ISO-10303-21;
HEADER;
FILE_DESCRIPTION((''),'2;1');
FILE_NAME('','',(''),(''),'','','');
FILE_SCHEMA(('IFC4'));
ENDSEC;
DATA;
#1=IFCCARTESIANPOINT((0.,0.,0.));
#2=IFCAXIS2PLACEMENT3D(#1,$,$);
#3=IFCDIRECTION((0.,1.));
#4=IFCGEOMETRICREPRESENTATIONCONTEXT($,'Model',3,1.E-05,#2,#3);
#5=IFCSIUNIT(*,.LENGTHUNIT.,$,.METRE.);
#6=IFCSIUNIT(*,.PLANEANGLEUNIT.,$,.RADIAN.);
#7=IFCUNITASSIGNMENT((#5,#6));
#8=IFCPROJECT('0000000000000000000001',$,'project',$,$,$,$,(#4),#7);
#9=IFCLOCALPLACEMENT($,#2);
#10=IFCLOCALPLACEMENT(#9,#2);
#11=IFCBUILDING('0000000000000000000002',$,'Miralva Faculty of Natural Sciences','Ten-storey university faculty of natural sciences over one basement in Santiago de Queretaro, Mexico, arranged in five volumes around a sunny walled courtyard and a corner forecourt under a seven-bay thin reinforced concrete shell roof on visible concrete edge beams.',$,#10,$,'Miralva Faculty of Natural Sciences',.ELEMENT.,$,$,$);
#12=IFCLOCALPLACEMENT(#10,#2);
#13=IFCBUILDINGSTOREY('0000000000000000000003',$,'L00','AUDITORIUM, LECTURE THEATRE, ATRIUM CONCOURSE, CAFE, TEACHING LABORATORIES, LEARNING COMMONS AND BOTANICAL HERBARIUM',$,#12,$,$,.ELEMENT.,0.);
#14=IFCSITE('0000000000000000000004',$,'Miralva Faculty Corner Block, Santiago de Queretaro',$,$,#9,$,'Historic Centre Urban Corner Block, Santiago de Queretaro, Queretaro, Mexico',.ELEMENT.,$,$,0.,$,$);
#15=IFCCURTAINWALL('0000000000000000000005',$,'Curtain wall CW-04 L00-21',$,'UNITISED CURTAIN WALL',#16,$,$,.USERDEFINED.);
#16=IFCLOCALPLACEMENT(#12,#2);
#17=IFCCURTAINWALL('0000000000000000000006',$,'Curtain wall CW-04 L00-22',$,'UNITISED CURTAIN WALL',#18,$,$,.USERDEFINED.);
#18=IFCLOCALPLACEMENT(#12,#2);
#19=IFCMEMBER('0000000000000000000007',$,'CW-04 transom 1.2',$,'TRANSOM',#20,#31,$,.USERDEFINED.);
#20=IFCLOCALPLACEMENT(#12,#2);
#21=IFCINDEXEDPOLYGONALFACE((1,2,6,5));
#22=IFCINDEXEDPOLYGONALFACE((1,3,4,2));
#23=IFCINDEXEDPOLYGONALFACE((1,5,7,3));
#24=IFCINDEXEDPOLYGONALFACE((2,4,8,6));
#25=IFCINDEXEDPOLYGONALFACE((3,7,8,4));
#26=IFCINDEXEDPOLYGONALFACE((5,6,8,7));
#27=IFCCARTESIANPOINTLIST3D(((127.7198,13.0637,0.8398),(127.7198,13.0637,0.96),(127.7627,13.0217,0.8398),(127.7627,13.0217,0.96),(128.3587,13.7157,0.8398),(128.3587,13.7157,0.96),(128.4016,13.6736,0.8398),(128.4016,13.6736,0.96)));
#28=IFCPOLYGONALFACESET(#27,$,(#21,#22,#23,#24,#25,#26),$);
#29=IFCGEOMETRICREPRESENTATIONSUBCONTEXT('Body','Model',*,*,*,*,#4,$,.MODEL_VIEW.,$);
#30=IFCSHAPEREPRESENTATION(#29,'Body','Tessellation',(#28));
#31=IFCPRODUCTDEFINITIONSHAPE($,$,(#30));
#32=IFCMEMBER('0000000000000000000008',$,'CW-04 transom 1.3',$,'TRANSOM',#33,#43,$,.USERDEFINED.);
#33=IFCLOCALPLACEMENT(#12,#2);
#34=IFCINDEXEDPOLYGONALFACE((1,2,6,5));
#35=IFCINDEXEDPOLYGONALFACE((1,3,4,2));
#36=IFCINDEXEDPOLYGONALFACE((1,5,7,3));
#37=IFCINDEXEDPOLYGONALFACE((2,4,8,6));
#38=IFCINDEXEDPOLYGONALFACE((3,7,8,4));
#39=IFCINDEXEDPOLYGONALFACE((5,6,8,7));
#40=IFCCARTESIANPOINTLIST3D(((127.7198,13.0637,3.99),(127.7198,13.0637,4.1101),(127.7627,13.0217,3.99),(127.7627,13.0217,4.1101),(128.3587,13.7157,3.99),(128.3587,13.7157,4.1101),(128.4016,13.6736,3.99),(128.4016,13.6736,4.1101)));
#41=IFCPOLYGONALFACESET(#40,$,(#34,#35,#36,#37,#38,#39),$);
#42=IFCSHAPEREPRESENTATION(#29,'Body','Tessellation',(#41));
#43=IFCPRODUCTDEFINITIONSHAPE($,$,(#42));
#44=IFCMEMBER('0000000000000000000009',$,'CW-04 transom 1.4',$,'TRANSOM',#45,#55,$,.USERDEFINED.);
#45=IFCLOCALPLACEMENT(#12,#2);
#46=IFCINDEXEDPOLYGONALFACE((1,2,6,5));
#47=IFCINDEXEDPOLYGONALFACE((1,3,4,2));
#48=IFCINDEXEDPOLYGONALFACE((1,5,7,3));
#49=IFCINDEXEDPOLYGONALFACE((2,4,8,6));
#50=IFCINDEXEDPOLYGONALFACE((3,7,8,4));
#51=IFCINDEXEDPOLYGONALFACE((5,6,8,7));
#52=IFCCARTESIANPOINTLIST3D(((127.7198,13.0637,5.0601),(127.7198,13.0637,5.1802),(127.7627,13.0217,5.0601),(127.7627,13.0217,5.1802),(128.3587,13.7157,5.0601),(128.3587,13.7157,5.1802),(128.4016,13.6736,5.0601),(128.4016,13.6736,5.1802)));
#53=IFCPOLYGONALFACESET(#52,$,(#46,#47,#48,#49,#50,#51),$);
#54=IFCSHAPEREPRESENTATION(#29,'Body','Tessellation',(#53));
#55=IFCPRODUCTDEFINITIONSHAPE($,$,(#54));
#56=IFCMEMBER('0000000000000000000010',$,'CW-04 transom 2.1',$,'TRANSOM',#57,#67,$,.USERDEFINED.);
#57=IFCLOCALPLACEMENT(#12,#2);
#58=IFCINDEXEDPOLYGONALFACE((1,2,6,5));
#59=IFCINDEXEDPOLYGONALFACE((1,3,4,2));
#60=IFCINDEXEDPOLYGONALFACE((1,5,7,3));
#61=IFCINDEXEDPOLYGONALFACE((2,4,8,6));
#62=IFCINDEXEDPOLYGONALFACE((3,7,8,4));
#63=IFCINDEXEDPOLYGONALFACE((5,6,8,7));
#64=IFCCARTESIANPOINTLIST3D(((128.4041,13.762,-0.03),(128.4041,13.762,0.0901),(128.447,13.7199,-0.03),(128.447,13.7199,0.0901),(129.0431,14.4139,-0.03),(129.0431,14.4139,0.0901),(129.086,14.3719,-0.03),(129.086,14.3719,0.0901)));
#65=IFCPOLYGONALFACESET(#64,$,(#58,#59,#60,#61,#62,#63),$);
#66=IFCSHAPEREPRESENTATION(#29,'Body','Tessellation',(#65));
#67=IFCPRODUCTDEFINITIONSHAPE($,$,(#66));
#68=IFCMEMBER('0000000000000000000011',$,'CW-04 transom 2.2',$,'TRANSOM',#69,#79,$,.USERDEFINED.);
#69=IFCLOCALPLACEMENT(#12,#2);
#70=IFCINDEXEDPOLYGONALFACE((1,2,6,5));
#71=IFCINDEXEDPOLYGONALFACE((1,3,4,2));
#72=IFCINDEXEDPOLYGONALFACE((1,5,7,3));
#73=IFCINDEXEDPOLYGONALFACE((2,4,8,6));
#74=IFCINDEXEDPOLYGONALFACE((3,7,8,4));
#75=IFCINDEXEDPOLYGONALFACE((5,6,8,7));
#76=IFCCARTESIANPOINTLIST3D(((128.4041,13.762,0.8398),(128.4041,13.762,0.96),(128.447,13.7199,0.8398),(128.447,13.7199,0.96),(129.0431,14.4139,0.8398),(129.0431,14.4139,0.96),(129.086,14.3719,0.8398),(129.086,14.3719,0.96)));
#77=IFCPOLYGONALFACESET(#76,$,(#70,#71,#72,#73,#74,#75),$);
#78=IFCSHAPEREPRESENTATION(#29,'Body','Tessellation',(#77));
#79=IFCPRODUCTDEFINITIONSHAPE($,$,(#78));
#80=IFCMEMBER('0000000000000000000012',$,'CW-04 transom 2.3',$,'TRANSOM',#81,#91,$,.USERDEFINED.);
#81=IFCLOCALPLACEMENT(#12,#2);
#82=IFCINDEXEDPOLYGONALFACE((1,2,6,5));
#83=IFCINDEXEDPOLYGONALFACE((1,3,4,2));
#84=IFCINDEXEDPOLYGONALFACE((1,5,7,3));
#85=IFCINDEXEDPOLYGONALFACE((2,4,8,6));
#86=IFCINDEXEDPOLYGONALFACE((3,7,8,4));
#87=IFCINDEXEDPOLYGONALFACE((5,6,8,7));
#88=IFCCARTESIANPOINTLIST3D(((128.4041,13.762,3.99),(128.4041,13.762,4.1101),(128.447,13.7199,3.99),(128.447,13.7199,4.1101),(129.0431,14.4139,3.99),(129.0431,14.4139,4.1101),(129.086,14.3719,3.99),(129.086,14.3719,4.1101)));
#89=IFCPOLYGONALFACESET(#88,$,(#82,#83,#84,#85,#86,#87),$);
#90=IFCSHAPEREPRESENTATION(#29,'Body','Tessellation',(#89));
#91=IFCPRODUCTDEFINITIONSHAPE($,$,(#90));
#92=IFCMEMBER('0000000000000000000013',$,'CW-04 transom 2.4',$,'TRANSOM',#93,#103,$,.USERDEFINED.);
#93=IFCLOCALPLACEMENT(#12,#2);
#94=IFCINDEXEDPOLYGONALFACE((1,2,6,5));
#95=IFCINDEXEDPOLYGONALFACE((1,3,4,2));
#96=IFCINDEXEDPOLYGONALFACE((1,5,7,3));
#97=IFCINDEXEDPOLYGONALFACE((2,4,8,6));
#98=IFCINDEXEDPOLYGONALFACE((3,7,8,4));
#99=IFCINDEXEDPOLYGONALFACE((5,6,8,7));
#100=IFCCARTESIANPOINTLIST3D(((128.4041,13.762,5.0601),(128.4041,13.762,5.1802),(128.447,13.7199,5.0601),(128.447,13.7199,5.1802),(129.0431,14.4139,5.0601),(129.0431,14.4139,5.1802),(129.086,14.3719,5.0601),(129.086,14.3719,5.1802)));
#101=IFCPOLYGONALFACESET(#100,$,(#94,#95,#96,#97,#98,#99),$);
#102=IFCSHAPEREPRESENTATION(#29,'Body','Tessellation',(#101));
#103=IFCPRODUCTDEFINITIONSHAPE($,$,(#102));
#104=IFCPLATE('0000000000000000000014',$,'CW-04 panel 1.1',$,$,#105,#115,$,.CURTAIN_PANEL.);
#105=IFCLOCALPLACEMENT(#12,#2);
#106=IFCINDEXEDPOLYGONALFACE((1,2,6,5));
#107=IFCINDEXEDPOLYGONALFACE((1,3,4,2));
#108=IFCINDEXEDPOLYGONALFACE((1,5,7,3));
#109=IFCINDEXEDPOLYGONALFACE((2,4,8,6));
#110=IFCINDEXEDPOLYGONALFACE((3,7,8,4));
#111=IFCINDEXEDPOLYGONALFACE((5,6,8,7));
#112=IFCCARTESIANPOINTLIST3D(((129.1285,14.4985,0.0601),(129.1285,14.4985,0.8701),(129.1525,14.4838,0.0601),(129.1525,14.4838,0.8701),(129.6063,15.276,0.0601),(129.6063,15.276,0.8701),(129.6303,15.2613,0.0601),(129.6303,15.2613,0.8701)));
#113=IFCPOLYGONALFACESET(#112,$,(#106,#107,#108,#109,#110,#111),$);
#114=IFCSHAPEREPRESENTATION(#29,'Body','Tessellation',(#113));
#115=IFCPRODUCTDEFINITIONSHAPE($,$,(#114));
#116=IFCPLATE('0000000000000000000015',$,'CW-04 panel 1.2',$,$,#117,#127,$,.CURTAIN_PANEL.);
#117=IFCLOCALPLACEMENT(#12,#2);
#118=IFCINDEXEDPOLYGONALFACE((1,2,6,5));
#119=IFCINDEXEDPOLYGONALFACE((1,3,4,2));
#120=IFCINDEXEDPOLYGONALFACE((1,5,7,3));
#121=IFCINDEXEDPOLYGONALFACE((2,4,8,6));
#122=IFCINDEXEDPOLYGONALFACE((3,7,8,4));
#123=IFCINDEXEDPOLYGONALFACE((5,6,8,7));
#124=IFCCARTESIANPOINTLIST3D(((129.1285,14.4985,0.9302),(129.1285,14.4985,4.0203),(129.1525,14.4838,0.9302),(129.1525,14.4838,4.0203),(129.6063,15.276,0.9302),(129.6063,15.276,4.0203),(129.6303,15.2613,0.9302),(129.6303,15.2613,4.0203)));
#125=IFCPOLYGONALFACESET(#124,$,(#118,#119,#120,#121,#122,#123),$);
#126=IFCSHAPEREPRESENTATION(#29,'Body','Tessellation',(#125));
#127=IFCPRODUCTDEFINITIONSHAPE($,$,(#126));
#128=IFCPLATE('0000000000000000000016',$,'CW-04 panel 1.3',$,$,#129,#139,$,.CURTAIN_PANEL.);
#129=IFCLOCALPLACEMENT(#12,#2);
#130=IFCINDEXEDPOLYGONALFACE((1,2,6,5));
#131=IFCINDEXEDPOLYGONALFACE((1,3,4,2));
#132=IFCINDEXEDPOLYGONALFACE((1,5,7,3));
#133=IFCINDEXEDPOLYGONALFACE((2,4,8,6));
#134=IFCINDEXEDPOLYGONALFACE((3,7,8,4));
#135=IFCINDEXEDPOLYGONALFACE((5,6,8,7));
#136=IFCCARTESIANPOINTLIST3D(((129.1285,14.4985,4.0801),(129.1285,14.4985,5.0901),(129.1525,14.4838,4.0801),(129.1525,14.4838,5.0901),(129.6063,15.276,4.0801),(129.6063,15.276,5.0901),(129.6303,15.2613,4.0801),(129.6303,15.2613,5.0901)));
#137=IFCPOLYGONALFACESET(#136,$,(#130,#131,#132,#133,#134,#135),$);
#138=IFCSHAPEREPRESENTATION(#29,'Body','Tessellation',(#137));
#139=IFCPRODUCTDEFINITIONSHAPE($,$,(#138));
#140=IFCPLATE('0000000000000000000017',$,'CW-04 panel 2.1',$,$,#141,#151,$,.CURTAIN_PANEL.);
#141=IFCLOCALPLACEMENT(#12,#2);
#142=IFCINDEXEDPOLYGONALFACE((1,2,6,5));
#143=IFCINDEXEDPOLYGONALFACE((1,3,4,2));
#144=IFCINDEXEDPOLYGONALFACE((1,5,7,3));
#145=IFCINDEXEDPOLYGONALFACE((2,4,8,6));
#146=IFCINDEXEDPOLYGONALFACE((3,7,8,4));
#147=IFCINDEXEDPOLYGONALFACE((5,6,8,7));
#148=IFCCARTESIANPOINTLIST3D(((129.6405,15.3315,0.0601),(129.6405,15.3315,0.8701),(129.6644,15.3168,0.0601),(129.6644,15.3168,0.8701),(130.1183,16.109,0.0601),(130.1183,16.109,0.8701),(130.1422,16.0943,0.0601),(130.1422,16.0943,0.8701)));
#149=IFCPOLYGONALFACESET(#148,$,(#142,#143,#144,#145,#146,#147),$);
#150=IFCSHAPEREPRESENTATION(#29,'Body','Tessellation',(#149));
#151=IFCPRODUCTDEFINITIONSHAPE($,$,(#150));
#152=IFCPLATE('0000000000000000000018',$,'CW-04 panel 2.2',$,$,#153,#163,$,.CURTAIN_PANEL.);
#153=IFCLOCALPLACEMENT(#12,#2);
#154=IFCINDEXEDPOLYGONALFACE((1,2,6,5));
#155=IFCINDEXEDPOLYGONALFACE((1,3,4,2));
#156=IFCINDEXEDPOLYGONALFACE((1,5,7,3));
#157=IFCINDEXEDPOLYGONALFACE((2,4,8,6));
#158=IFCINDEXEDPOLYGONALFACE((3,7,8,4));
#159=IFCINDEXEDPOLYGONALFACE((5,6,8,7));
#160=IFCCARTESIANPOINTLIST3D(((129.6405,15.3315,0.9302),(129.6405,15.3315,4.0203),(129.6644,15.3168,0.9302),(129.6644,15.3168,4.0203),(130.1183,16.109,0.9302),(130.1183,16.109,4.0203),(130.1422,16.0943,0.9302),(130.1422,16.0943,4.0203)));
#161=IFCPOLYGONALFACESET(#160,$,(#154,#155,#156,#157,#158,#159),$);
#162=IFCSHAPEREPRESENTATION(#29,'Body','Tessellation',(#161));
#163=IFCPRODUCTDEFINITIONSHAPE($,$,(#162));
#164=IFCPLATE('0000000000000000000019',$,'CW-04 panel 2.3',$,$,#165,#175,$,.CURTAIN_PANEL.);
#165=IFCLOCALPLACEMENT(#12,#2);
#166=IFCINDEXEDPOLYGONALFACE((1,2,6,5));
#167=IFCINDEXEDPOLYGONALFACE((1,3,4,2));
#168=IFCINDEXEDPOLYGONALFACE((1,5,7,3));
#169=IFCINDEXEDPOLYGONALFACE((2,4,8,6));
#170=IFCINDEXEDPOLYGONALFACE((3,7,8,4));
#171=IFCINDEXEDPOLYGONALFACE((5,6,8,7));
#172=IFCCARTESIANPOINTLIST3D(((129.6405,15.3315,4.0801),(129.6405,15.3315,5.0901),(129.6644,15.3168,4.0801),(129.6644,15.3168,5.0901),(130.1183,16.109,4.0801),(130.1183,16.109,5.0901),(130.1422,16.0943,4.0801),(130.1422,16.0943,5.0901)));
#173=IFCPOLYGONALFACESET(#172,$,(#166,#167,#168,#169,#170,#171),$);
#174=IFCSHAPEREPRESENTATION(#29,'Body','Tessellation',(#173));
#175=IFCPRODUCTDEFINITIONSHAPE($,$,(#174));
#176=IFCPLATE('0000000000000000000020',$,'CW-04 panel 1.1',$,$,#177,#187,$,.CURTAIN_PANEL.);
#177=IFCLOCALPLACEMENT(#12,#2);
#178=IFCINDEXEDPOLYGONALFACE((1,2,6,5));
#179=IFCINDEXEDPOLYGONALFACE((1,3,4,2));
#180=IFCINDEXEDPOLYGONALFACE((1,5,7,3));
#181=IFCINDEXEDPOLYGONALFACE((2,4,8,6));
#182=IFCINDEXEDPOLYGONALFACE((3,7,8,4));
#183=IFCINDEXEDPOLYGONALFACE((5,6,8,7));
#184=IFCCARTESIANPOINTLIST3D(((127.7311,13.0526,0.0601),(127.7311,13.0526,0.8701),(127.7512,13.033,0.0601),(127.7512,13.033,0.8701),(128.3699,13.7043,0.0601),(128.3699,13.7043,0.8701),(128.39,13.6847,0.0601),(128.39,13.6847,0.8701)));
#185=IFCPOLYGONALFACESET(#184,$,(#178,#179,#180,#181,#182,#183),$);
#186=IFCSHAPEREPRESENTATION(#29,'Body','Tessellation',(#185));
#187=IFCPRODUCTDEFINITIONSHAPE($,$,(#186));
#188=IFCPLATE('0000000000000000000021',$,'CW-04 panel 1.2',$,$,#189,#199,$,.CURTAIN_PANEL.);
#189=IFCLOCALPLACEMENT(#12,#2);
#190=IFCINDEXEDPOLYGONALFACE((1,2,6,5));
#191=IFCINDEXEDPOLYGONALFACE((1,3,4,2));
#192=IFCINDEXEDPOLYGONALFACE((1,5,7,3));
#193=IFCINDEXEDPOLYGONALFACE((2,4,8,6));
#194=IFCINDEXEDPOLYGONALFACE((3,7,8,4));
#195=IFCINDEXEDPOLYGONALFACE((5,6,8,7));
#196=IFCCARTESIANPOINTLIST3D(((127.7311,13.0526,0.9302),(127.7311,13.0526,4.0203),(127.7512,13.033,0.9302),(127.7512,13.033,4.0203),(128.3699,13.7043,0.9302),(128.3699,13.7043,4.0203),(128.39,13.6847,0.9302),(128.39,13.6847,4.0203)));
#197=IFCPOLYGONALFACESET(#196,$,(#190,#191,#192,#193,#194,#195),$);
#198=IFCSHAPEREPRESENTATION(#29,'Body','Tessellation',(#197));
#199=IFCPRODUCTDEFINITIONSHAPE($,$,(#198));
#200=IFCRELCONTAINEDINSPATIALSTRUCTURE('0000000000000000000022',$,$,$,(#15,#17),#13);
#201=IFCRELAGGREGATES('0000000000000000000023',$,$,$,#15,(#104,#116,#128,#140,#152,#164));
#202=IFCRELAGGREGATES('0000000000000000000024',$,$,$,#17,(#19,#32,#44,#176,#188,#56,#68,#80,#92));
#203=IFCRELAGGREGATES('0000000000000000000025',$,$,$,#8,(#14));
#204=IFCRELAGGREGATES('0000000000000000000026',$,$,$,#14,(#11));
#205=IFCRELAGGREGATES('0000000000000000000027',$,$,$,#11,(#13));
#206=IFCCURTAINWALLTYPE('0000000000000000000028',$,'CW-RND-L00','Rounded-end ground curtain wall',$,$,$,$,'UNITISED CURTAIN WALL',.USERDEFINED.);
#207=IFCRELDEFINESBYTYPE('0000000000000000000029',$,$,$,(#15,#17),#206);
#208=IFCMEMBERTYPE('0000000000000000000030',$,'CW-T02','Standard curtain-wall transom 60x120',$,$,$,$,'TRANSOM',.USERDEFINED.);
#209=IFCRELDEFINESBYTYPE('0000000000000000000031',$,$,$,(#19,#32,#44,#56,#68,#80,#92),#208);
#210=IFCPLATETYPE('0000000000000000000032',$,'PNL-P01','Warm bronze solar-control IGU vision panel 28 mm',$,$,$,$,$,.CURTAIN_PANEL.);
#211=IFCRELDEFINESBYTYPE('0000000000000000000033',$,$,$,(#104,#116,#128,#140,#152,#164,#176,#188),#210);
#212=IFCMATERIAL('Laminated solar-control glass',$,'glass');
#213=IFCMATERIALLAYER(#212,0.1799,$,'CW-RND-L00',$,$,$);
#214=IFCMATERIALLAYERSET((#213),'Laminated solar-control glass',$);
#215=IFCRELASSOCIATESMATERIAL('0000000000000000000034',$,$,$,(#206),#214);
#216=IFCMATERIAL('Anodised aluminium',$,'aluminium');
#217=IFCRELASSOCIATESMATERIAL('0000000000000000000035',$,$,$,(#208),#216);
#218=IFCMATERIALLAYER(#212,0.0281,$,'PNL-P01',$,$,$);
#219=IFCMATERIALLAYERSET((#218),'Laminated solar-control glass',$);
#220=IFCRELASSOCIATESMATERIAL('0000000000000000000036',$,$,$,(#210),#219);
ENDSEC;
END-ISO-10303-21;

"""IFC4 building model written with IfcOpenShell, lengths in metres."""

from ifc_helpers import new_model, si_unit, direction, frame, origin, origin_2d, place, context, subcontext, project, spatial, rectangle, extrude, material, layer, layer_set, material_profile, profile_set, type_object, element, aggregate, save


model = new_model("IFC4")

# Units and contexts
model_context = context("Model", 3, precision=1e-05, world=origin(), true_north=direction((0.0, 1.0)))
body_context = subcontext(model_context, "Body", "Model", "MODEL_VIEW")
ifc_project = project(units=[si_unit("LENGTHUNIT", "METRE"), si_unit("PLANEANGLEUNIT", "RADIAN")], contexts=[model_context])

# Site, building, storey
site_placement = place(None, origin())
site = spatial("IfcSite", under=ifc_project, at=site_placement, Name="Miralva Faculty Corner Block, Santiago de Queretaro", LongName="Historic Centre Urban Corner Block, Santiago de Queretaro, Queretaro, Mexico", CompositionType="ELEMENT", RefElevation=0.0)
building_placement = place(site_placement, origin())
building = spatial("IfcBuilding", under=site, at=building_placement, Name="Miralva Faculty of Natural Sciences", Description="Ten-storey university faculty of natural sciences over one basement in Santiago de Queretaro, Mexico, arranged in five volumes around a sunny walled courtyard and a corner forecourt under a seven-bay thin reinforced concrete shell roof on visible concrete edge beams.", LongName="Miralva Faculty of Natural Sciences", CompositionType="ELEMENT")
storey_placement = place(building_placement, origin())
storey = spatial("IfcBuildingStorey", under=building, at=storey_placement, Name="L00", Description="AUDITORIUM, LECTURE THEATRE, ATRIUM CONCOURSE, CAFE, TEACHING LABORATORIES, LEARNING COMMONS AND BOTANICAL HERBARIUM", CompositionType="ELEMENT", Elevation=0.0)

# Curtain walls
ifc_material_1 = material(Name="Laminated solar-control glass", Category="glass")
ifc_layer_1 = layer(ifc_material_1, 0.1799, Name="CW-RND-L00")
ifc_layer_set_1 = layer_set([ifc_layer_1], Name="Laminated solar-control glass")
curtain_wall_type = type_object("IfcCurtainWallType", Name="CW-RND-L00", Description="Rounded-end ground curtain wall", ElementType="UNITISED CURTAIN WALL", PredefinedType="USERDEFINED", material=ifc_layer_set_1)
curtain_wall_1_placement = place(storey_placement, origin())
curtain_wall_1 = element("IfcCurtainWall", 1, at=curtain_wall_1_placement, inside=storey, type_object=curtain_wall_type, Name="Curtain wall CW-04 L00-21", ObjectType="UNITISED CURTAIN WALL", PredefinedType="USERDEFINED")
ifc_material_2 = material(Name="Anodised aluminium", Category="aluminium")
curtain_wall_2_placement = place(storey_placement, origin())
curtain_wall_2 = element("IfcCurtainWall", 2, at=curtain_wall_2_placement, inside=storey, type_object=curtain_wall_type, Name="Curtain wall CW-04 L00-22", ObjectType="UNITISED CURTAIN WALL", PredefinedType="USERDEFINED")

# Members
ifc_material_profile_1 = material_profile(ifc_material_2, rectangle(XDim=0.0601, YDim=0.1201, at=origin_2d()), Name="TRANSOM 60x120")
ifc_profile_set_1 = profile_set([ifc_material_profile_1], Name="Anodised aluminium")
member_type_1 = type_object("IfcMemberType", Name="CW-T02", Description="Standard curtain-wall transom 60x120", ElementType="TRANSOM", PredefinedType="USERDEFINED", material=ifc_profile_set_1)
member_1_placement = place(storey_placement, frame((127.7412, 13.0427, 0.8999), z_axis=(0.699983, 0.714159, 0.0), x_axis=(-0.714159, 0.699983, 0.0)))
member_1 = element("IfcMember", 3, at=member_1_placement, type_object=member_type_1, Name="CW-04 transom 1.2", ObjectType="TRANSOM", PredefinedType="USERDEFINED", context=body_context, shape_type="SweptSolid", body=[
    extrude(rectangle(XDim=0.0601, YDim=0.1201, at=origin_2d()), origin(), (0.0, 0.0, 1.0), 0.9128),
])
member_2_placement = place(storey_placement, frame((127.7412, 13.0427, 4.05), z_axis=(0.699983, 0.714159, 0.0), x_axis=(-0.714159, 0.699983, 0.0)))
member_2 = element("IfcMember", 4, at=member_2_placement, type_object=member_type_1, Name="CW-04 transom 1.3", ObjectType="TRANSOM", PredefinedType="USERDEFINED", context=body_context, shape_type="SweptSolid", body=[
    extrude(rectangle(XDim=0.0601, YDim=0.1201, at=origin_2d()), origin(), (0.0, 0.0, 1.0), 0.9128),
])
member_3_placement = place(storey_placement, frame((127.7412, 13.0427, 5.1201), z_axis=(0.699983, 0.714159, 0.0), x_axis=(-0.714159, 0.699983, 0.0)))
member_3 = element("IfcMember", 5, at=member_3_placement, type_object=member_type_1, Name="CW-04 transom 1.4", ObjectType="TRANSOM", PredefinedType="USERDEFINED", context=body_context, shape_type="SweptSolid", body=[
    extrude(rectangle(XDim=0.0601, YDim=0.1201, at=origin_2d()), origin(), (0.0, 0.0, 1.0), 0.9128),
])
member_4_placement = place(storey_placement, frame((128.4255, 13.741, 0.03), z_axis=(0.699983, 0.714159, 0.0), x_axis=(-0.714159, 0.699983, 0.0)))
member_4 = element("IfcMember", 6, at=member_4_placement, type_object=member_type_1, Name="CW-04 transom 2.1", ObjectType="TRANSOM", PredefinedType="USERDEFINED", context=body_context, shape_type="SweptSolid", body=[
    extrude(rectangle(XDim=0.0601, YDim=0.1201, at=origin_2d()), origin(), (0.0, 0.0, 1.0), 0.9128),
])
member_5_placement = place(storey_placement, frame((128.4255, 13.741, 0.8999), z_axis=(0.699983, 0.714159, 0.0), x_axis=(-0.714159, 0.699983, 0.0)))
member_5 = element("IfcMember", 7, at=member_5_placement, type_object=member_type_1, Name="CW-04 transom 2.2", ObjectType="TRANSOM", PredefinedType="USERDEFINED", context=body_context, shape_type="SweptSolid", body=[
    extrude(rectangle(XDim=0.0601, YDim=0.1201, at=origin_2d()), origin(), (0.0, 0.0, 1.0), 0.9128),
])
member_6_placement = place(storey_placement, frame((128.4255, 13.741, 4.05), z_axis=(0.699983, 0.714159, 0.0), x_axis=(-0.714159, 0.699983, 0.0)))
member_6 = element("IfcMember", 8, at=member_6_placement, type_object=member_type_1, Name="CW-04 transom 2.3", ObjectType="TRANSOM", PredefinedType="USERDEFINED", context=body_context, shape_type="SweptSolid", body=[
    extrude(rectangle(XDim=0.0601, YDim=0.1201, at=origin_2d()), origin(), (0.0, 0.0, 1.0), 0.9128),
])
member_7_placement = place(storey_placement, frame((128.4255, 13.741, 5.1201), z_axis=(0.699983, 0.714159, 0.0), x_axis=(-0.714159, 0.699983, 0.0)))
member_7 = element("IfcMember", 9, at=member_7_placement, type_object=member_type_1, Name="CW-04 transom 2.4", ObjectType="TRANSOM", PredefinedType="USERDEFINED", context=body_context, shape_type="SweptSolid", body=[
    extrude(rectangle(XDim=0.0601, YDim=0.1201, at=origin_2d()), origin(), (0.0, 0.0, 1.0), 0.9128),
])

# Plates
ifc_layer_2 = layer(ifc_material_1, 0.0281, Name="PNL-P01")
ifc_layer_set_2 = layer_set([ifc_layer_2], Name="Laminated solar-control glass")
plate_type = type_object("IfcPlateType", Name="PNL-P01", Description="Warm bronze solar-control IGU vision panel 28 mm", PredefinedType="CURTAIN_PANEL", material=ifc_layer_set_2)
plate_1_placement = place(storey_placement, frame((129.3794, 14.8799, 0.0601), z_axis=(0.0, 0.0, 1.0), x_axis=(0.523551, 0.851995, 0.0)))
plate_1 = element("IfcPlate", 10, at=plate_1_placement, type_object=plate_type, Name="CW-04 panel 1.1", PredefinedType="CURTAIN_PANEL", context=body_context, shape_type="SweptSolid", body=[
    extrude(rectangle(XDim=0.9126, YDim=0.0281, at=origin_2d()), origin(), (0.0, 0.0, 1.0), 0.8101),
])
plate_2_placement = place(storey_placement, frame((129.3794, 14.8799, 0.9302), z_axis=(0.0, 0.0, 1.0), x_axis=(0.523551, 0.851995, 0.0)))
plate_2 = element("IfcPlate", 11, at=plate_2_placement, type_object=plate_type, Name="CW-04 panel 1.2", PredefinedType="CURTAIN_PANEL", context=body_context, shape_type="SweptSolid", body=[
    extrude(rectangle(XDim=0.9126, YDim=0.0281, at=origin_2d()), origin(), (0.0, 0.0, 1.0), 3.0901),
])
plate_3_placement = place(storey_placement, frame((129.3794, 14.8799, 4.0801), z_axis=(0.0, 0.0, 1.0), x_axis=(0.523551, 0.851995, 0.0)))
plate_3 = element("IfcPlate", 12, at=plate_3_placement, type_object=plate_type, Name="CW-04 panel 1.3", PredefinedType="CURTAIN_PANEL", context=body_context, shape_type="SweptSolid", body=[
    extrude(rectangle(XDim=0.9126, YDim=0.0281, at=origin_2d()), origin(), (0.0, 0.0, 1.0), 1.01),
])
plate_4_placement = place(storey_placement, frame((129.8914, 15.7129, 0.0601), z_axis=(0.0, 0.0, 1.0), x_axis=(0.523551, 0.851995, 0.0)))
plate_4 = element("IfcPlate", 13, at=plate_4_placement, type_object=plate_type, Name="CW-04 panel 2.1", PredefinedType="CURTAIN_PANEL", context=body_context, shape_type="SweptSolid", body=[
    extrude(rectangle(XDim=0.9126, YDim=0.0281, at=origin_2d()), origin(), (0.0, 0.0, 1.0), 0.8101),
])
plate_5_placement = place(storey_placement, frame((129.8914, 15.7129, 0.9302), z_axis=(0.0, 0.0, 1.0), x_axis=(0.523551, 0.851995, 0.0)))
plate_5 = element("IfcPlate", 14, at=plate_5_placement, type_object=plate_type, Name="CW-04 panel 2.2", PredefinedType="CURTAIN_PANEL", context=body_context, shape_type="SweptSolid", body=[
    extrude(rectangle(XDim=0.9126, YDim=0.0281, at=origin_2d()), origin(), (0.0, 0.0, 1.0), 3.0901),
])
plate_6_placement = place(storey_placement, frame((129.8914, 15.7129, 4.0801), z_axis=(0.0, 0.0, 1.0), x_axis=(0.523551, 0.851995, 0.0)))
plate_6 = element("IfcPlate", 15, at=plate_6_placement, type_object=plate_type, Name="CW-04 panel 2.3", PredefinedType="CURTAIN_PANEL", context=body_context, shape_type="SweptSolid", body=[
    extrude(rectangle(XDim=0.9126, YDim=0.0281, at=origin_2d()), origin(), (0.0, 0.0, 1.0), 1.01),
])
aggregate(curtain_wall_1, [plate_1, plate_2, plate_3, plate_4, plate_5, plate_6])
plate_7_placement = place(storey_placement, frame((128.0605, 13.3687, 0.0601), z_axis=(0.0, 0.0, 1.0), x_axis=(0.700018, 0.714125, 0.0)))
plate_7 = element("IfcPlate", 16, at=plate_7_placement, type_object=plate_type, Name="CW-04 panel 1.1", PredefinedType="CURTAIN_PANEL", context=body_context, shape_type="SweptSolid", body=[
    extrude(rectangle(XDim=0.9126, YDim=0.0281, at=origin_2d()), origin(), (0.0, 0.0, 1.0), 0.8101),
])
plate_8_placement = place(storey_placement, frame((128.0605, 13.3687, 0.9302), z_axis=(0.0, 0.0, 1.0), x_axis=(0.700018, 0.714125, 0.0)))
plate_8 = element("IfcPlate", 17, at=plate_8_placement, type_object=plate_type, Name="CW-04 panel 1.2", PredefinedType="CURTAIN_PANEL", context=body_context, shape_type="SweptSolid", body=[
    extrude(rectangle(XDim=0.9126, YDim=0.0281, at=origin_2d()), origin(), (0.0, 0.0, 1.0), 3.0901),
])
aggregate(curtain_wall_2, [member_1, member_2, member_3, plate_7, plate_8, member_4, member_5, member_6, member_7])

save(model, "model.ifc")
